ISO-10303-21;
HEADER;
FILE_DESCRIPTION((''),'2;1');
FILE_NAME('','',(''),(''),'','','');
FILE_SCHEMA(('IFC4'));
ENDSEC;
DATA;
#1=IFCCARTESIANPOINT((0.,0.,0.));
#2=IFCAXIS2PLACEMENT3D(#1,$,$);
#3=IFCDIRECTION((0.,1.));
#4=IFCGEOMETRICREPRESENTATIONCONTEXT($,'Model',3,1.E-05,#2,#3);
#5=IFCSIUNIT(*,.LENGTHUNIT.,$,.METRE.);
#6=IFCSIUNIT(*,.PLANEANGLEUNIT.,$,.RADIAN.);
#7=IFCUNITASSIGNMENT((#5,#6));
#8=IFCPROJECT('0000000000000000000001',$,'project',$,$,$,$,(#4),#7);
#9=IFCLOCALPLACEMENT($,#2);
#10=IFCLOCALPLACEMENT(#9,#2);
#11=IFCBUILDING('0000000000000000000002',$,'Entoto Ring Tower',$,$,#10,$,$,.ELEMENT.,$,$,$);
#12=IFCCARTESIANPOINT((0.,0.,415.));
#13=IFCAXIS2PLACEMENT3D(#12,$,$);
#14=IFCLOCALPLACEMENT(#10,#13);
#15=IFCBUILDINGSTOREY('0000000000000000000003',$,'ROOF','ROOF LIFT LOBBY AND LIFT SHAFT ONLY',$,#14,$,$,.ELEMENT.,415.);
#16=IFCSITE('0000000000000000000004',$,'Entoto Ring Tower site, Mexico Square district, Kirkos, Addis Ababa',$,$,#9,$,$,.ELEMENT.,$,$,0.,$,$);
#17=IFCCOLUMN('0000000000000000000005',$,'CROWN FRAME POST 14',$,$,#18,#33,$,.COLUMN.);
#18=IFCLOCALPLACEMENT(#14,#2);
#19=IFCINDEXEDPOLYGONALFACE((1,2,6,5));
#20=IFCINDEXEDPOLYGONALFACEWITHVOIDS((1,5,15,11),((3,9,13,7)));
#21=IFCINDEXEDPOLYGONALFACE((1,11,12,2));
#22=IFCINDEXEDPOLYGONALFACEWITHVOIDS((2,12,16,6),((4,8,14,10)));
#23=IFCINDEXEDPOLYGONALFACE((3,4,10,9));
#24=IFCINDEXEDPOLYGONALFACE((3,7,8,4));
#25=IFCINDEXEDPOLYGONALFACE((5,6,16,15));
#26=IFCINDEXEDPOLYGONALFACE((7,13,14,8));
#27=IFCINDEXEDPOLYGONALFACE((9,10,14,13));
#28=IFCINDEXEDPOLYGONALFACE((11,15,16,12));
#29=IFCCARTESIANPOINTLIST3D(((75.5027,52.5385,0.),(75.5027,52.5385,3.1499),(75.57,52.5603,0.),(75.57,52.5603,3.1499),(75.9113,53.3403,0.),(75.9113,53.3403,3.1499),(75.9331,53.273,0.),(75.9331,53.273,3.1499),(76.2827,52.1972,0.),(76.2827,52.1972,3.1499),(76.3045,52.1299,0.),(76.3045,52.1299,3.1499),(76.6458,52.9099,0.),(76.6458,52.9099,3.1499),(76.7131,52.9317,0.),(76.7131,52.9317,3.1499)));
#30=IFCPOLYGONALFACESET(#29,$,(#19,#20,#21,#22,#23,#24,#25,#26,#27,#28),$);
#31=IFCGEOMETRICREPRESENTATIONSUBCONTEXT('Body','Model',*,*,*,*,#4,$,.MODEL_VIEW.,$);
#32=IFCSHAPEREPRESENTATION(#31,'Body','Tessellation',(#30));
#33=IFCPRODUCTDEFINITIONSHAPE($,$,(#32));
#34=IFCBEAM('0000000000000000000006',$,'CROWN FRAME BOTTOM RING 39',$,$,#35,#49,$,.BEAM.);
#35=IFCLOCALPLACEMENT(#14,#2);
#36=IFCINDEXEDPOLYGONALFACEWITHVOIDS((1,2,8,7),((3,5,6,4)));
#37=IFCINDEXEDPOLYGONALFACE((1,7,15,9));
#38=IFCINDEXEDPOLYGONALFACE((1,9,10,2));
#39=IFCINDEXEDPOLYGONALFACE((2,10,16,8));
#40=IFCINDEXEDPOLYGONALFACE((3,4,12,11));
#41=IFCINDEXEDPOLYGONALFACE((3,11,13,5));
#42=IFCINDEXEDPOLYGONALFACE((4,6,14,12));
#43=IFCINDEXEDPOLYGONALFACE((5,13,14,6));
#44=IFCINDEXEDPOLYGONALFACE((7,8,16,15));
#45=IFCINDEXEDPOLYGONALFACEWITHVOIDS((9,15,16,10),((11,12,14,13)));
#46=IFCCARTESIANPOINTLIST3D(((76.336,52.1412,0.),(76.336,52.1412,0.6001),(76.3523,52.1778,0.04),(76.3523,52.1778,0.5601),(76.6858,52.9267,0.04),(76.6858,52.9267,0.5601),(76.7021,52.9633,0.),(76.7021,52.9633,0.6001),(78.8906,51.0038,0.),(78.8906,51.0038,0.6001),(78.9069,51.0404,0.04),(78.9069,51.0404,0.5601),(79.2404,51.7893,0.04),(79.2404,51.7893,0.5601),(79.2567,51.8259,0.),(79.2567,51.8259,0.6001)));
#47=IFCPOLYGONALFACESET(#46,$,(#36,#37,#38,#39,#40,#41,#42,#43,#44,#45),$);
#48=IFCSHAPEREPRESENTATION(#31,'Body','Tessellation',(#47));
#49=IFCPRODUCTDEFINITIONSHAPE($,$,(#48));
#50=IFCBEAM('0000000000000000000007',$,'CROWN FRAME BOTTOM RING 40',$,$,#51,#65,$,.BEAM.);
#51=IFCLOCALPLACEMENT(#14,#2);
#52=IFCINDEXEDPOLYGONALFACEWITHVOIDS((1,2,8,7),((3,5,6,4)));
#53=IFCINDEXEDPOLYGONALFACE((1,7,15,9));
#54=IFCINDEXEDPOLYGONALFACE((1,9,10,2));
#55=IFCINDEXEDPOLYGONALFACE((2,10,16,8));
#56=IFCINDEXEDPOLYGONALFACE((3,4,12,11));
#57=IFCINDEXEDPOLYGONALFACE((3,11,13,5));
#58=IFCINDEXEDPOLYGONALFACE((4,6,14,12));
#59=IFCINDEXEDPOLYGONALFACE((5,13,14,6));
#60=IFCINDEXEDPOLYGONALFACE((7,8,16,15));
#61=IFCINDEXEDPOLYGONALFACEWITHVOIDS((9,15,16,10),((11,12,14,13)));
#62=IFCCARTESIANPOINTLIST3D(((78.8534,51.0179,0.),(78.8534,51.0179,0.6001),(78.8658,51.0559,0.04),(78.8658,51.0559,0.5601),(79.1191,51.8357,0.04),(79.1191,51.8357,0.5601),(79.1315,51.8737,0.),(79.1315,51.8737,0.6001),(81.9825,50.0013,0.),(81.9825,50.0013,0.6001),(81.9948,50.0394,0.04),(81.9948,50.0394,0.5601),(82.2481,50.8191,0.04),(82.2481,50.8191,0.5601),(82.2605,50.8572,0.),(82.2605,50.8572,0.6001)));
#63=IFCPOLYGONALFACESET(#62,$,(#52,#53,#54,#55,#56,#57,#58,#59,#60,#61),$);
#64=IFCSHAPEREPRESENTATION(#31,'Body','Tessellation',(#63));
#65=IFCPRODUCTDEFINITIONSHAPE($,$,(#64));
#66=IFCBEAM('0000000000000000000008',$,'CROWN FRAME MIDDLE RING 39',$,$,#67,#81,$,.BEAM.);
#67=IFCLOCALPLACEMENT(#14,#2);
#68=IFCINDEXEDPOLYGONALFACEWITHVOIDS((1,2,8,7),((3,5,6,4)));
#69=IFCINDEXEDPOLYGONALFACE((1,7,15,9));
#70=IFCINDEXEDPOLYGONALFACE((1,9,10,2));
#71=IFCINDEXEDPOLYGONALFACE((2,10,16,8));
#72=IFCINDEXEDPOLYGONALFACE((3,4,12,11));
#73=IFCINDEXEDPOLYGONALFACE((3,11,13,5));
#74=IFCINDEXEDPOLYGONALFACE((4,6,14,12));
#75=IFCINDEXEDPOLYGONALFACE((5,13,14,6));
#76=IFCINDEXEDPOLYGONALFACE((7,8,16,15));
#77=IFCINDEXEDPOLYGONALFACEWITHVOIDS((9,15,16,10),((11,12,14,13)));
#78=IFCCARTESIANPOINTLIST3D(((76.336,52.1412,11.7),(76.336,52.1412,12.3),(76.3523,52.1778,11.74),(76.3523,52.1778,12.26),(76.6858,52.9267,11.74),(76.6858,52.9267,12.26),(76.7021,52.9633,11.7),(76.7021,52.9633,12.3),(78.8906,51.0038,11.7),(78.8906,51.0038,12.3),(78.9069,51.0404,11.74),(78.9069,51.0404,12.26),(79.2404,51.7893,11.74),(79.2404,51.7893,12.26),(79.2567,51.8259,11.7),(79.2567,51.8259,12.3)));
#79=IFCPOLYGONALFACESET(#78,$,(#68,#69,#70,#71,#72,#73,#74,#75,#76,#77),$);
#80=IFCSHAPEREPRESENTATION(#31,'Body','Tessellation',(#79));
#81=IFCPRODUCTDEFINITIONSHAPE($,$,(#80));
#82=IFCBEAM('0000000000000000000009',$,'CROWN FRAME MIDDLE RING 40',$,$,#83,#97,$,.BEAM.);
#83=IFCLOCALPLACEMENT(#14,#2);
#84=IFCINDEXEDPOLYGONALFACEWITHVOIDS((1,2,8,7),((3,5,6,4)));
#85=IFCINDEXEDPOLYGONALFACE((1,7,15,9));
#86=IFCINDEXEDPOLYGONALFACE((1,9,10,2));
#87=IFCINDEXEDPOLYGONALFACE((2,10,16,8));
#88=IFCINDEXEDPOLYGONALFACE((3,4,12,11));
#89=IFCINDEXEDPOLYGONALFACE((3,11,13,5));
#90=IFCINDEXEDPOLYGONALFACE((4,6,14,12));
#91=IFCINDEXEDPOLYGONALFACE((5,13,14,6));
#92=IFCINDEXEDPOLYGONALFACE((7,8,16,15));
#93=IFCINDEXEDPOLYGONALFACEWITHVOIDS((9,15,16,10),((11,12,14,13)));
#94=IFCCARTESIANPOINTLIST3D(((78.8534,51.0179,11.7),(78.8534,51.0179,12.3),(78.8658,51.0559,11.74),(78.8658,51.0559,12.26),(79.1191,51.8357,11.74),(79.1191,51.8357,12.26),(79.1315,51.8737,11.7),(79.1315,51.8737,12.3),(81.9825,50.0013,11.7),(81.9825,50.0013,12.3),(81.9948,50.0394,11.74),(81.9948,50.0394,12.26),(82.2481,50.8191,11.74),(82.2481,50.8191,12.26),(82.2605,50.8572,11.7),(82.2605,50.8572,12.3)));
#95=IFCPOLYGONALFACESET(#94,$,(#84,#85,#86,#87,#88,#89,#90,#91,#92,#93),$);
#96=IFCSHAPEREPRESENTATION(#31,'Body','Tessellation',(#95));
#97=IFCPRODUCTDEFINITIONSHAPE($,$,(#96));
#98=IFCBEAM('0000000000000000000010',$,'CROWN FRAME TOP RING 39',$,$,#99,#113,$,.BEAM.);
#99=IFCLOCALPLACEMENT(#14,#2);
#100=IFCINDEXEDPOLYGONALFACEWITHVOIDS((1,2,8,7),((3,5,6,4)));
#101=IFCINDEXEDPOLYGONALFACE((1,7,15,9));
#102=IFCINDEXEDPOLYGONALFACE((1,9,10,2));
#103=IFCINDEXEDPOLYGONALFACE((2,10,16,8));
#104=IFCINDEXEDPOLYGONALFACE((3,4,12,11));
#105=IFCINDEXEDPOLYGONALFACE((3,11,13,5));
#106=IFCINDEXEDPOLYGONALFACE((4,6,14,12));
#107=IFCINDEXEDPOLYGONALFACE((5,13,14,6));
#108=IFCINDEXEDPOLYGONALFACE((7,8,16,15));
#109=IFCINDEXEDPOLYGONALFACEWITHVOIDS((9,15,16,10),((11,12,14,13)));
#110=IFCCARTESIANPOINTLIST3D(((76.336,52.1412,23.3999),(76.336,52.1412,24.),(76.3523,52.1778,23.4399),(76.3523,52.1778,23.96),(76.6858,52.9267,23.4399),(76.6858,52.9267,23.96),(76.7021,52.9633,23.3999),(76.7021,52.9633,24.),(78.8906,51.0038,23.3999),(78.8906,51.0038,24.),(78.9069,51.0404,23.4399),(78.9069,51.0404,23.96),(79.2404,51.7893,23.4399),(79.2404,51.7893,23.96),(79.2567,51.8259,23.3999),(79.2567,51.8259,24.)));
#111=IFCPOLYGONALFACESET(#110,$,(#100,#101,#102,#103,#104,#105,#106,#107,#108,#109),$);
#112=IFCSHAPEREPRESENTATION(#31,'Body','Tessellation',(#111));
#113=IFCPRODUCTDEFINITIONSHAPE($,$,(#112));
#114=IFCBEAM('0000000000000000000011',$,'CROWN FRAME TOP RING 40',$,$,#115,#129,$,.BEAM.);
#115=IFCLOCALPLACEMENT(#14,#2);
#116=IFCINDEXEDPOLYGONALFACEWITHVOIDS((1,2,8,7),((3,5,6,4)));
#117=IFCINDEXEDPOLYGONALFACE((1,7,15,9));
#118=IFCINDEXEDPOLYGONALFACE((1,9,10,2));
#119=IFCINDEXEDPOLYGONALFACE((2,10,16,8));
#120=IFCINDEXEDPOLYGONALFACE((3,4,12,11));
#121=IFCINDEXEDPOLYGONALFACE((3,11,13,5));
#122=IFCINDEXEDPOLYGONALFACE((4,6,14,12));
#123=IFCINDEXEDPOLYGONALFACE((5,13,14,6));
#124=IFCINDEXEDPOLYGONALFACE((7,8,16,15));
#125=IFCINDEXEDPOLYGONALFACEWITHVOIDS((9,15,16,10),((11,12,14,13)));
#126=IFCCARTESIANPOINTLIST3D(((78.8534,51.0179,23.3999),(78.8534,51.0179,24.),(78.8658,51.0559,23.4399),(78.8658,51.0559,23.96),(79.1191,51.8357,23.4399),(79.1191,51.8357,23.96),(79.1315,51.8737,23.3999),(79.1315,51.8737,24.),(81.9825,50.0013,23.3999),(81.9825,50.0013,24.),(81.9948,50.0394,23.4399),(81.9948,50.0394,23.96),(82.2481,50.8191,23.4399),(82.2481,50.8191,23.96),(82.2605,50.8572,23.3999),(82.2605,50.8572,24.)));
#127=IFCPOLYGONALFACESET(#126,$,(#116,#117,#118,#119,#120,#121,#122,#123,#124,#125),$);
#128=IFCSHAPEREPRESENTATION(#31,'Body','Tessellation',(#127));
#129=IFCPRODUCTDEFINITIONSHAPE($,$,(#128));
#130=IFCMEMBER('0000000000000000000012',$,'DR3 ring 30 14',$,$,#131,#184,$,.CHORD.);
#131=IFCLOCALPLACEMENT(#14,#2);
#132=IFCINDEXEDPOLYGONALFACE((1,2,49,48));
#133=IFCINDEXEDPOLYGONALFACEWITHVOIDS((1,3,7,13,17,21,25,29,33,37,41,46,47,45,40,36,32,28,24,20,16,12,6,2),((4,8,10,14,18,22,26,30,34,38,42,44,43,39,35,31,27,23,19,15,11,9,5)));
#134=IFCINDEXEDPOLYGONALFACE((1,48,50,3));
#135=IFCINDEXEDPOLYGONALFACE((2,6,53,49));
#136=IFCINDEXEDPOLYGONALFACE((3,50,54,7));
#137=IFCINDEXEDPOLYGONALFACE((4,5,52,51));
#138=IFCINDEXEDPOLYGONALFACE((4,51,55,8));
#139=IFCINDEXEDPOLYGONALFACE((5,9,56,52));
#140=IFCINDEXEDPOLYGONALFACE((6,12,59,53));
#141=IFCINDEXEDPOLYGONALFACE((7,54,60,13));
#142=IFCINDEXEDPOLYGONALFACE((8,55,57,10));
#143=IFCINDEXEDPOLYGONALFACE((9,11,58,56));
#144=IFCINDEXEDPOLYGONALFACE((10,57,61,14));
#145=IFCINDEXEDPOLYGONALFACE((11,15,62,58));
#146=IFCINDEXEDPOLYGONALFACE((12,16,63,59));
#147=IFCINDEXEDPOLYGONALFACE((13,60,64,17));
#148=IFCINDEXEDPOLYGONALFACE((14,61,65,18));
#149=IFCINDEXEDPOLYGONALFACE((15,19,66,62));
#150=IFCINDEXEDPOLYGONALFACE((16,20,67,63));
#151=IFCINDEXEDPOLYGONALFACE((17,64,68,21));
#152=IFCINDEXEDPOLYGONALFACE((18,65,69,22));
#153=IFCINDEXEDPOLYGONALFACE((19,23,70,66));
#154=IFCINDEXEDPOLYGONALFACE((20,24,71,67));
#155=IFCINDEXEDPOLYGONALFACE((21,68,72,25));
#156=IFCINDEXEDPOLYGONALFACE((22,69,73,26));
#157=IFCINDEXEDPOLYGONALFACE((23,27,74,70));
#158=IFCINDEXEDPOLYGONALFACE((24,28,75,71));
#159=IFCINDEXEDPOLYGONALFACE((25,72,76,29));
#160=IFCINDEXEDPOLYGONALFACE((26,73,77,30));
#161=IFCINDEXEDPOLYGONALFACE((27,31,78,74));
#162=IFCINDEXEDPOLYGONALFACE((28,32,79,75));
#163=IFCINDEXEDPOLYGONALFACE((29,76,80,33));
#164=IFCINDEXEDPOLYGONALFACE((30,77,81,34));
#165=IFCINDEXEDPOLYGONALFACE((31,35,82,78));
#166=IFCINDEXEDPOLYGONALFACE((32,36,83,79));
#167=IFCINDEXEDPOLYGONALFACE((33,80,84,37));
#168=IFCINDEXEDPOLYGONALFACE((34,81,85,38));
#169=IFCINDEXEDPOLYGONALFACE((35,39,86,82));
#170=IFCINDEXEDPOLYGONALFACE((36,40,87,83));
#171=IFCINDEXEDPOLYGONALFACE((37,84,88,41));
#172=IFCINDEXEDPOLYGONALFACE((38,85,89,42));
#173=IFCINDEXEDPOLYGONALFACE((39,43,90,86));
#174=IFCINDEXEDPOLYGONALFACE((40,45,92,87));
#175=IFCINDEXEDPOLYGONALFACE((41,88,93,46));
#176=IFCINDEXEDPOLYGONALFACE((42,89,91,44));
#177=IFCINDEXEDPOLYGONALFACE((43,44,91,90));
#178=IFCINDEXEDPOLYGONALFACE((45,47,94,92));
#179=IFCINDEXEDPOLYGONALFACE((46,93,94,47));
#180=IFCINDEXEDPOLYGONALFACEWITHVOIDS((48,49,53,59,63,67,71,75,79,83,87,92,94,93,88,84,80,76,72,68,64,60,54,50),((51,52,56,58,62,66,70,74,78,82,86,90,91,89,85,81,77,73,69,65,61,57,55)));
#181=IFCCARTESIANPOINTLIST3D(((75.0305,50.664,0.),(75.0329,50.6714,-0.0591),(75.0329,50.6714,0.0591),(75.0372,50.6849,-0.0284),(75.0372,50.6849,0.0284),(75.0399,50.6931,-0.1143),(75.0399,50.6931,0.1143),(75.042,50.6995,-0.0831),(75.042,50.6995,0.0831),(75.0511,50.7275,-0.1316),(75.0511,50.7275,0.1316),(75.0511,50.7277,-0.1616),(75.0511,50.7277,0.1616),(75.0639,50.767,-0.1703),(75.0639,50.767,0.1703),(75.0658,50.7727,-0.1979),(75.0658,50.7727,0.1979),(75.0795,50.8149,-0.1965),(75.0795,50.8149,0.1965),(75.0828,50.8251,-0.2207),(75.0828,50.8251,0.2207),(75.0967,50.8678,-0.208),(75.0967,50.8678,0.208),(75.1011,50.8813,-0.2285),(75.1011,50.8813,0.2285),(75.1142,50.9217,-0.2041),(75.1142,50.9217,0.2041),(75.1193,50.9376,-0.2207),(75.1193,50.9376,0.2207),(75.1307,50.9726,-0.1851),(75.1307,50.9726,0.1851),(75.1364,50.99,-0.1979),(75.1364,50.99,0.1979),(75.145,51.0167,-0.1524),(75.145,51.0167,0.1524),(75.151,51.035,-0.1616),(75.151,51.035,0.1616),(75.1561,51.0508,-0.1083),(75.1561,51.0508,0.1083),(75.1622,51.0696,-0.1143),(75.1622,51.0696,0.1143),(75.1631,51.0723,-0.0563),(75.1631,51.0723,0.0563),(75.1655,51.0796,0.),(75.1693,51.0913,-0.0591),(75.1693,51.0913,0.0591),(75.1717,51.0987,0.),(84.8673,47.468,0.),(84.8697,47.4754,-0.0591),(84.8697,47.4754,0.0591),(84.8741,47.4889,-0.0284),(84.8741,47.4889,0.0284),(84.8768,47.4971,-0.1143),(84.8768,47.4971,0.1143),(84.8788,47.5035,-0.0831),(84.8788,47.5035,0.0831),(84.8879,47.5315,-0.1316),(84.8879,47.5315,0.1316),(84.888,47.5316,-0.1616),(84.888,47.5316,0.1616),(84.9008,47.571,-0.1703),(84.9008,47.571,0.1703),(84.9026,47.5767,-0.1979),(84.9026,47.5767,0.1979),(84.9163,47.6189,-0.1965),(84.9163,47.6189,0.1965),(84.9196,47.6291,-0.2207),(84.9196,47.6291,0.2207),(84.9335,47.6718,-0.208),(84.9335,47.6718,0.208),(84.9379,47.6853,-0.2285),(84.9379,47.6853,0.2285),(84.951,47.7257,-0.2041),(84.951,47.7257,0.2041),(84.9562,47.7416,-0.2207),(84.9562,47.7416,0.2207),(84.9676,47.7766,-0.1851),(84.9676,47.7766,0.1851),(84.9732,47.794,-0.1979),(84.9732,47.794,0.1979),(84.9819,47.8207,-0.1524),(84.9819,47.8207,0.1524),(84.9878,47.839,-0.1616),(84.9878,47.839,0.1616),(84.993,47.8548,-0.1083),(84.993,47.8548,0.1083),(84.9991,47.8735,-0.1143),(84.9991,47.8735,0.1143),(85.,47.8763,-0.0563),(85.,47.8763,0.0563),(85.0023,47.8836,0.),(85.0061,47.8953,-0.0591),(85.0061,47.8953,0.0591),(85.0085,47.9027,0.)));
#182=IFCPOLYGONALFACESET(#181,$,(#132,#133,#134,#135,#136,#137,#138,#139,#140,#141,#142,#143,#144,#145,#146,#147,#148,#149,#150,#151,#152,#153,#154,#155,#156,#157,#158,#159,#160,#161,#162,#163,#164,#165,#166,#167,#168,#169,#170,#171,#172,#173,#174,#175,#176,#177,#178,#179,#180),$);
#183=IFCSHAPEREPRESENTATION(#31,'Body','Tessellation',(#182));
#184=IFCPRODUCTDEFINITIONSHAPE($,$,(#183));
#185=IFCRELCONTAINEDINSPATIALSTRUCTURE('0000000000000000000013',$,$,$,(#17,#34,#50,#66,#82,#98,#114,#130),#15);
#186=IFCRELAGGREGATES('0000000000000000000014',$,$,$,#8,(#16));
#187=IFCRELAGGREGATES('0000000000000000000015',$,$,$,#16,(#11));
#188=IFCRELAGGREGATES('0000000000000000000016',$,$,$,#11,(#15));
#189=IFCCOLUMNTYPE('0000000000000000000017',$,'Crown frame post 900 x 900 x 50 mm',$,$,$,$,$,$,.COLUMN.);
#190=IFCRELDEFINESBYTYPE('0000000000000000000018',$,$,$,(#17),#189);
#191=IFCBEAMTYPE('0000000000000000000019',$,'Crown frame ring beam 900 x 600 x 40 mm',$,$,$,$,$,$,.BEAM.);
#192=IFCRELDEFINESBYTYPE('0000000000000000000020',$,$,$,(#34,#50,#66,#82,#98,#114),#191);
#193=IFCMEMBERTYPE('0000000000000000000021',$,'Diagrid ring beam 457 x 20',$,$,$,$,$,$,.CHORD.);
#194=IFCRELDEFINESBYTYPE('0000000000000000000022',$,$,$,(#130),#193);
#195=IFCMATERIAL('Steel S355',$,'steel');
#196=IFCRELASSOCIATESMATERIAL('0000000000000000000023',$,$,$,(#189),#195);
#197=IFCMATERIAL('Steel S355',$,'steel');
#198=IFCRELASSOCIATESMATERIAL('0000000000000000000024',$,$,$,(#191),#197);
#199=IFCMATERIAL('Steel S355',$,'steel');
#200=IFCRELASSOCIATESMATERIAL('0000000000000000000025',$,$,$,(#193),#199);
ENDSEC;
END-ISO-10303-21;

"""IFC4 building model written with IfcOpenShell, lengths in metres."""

from ifc_helpers import new_model, si_unit, direction, frame, origin, origin_2d, place, context, subcontext, project, spatial, hollow_rectangle, circle, hollow_circle, extrude, material, material_profile, profile_set, type_object, element, save


model = new_model("IFC4")

# Units and contexts
model_context = context("Model", 3, precision=1e-05, world=origin(), true_north=direction((0.0, 1.0)))
body_context = subcontext(model_context, "Body", "Model", "MODEL_VIEW")
ifc_project = project(units=[si_unit("LENGTHUNIT", "METRE"), si_unit("PLANEANGLEUNIT", "RADIAN")], contexts=[model_context])

# Site, building, storey
site_placement = place(None, origin())
site = spatial("IfcSite", under=ifc_project, at=site_placement, Name="Entoto Ring Tower site, Mexico Square district, Kirkos, Addis Ababa", CompositionType="ELEMENT", RefElevation=0.0)
building_placement = place(site_placement, origin())
building = spatial("IfcBuilding", under=site, at=building_placement, Name="Entoto Ring Tower", CompositionType="ELEMENT")
storey_placement = place(building_placement, frame((0.0, 0.0, 415.0)))
storey = spatial("IfcBuildingStorey", under=building, at=storey_placement, Name="ROOF", Description="ROOF LIFT LOBBY AND LIFT SHAFT ONLY", CompositionType="ELEMENT", Elevation=415.0)

# Column
ifc_material_1 = material(Name="Steel S355", Category="steel")
ifc_material_profile_1 = material_profile(ifc_material_1, hollow_rectangle(XDim=0.8999, YDim=0.8999, WallThickness=0.05, at=origin_2d()), Name="Crown frame post 900 x 900 x 50 mm")
ifc_profile_set_1 = profile_set([ifc_material_profile_1], Name="Steel S355")
column_type = type_object("IfcColumnType", Name="Crown frame post 900 x 900 x 50 mm", PredefinedType="COLUMN", material=ifc_profile_set_1)
column_placement = place(storey_placement, frame((76.1079, 52.7351, 0.0), z_axis=(0.0, 0.0, 1.0), x_axis=(0.891007, -0.45399, 0.0)))
element("IfcColumn", 1, at=column_placement, inside=storey, type_object=column_type, Name="CROWN FRAME POST 14", PredefinedType="COLUMN", context=body_context, shape_type="SweptSolid", body=[
    extrude(hollow_rectangle(XDim=0.8999, YDim=0.8999, WallThickness=0.05, at=origin_2d()), origin(), (0.0, 0.0, 1.0), 3.1499),
])

# Beams
ifc_material_2 = material(Name="Steel S355", Category="steel")
ifc_material_profile_2 = material_profile(ifc_material_2, hollow_rectangle(XDim=0.8999, YDim=0.6001, WallThickness=0.04, at=origin_2d()), Name="Crown frame ring beam 900 x 600 x 40 mm")
ifc_profile_set_2 = profile_set([ifc_material_profile_2], Name="Steel S355")
beam_type_1 = type_object("IfcBeamType", Name="Crown frame ring beam 900 x 600 x 40 mm", PredefinedType="BEAM", material=ifc_profile_set_2)
beam_1_placement = place(storey_placement, frame((76.519, 52.5522, 0.3), z_axis=(0.913541, -0.406746, 0.0), x_axis=(0.406746, 0.913541, 0.0)))
element("IfcBeam", 2, at=beam_1_placement, inside=storey, type_object=beam_type_1, Name="CROWN FRAME BOTTOM RING 39", PredefinedType="BEAM", context=body_context, shape_type="SweptSolid", body=[
    extrude(hollow_rectangle(XDim=0.8999, YDim=0.6001, WallThickness=0.04, at=origin_2d()), origin(), (0.0, 0.0, 1.0), 2.7964),
])
beam_2_placement = place(storey_placement, frame((78.9924, 51.4458, 0.3), z_axis=(0.951067, -0.308984, 0.0), x_axis=(0.308984, 0.951067, 0.0)))
element("IfcBeam", 3, at=beam_2_placement, inside=storey, type_object=beam_type_1, Name="CROWN FRAME BOTTOM RING 40", PredefinedType="BEAM", context=body_context, shape_type="SweptSolid", body=[
    extrude(hollow_rectangle(XDim=0.8999, YDim=0.6001, WallThickness=0.04, at=origin_2d()), origin(), (0.0, 0.0, 1.0), 3.29),
])
beam_3_placement = place(storey_placement, frame((76.519, 52.5522, 12.0), z_axis=(0.913541, -0.406746, 0.0), x_axis=(0.406746, 0.913541, 0.0)))
element("IfcBeam", 4, at=beam_3_placement, inside=storey, type_object=beam_type_1, Name="CROWN FRAME MIDDLE RING 39", PredefinedType="BEAM", context=body_context, shape_type="SweptSolid", body=[
    extrude(hollow_rectangle(XDim=0.8999, YDim=0.6001, WallThickness=0.04, at=origin_2d()), origin(), (0.0, 0.0, 1.0), 2.7964),
])
beam_4_placement = place(storey_placement, frame((78.9924, 51.4458, 12.0), z_axis=(0.951067, -0.308984, 0.0), x_axis=(0.308984, 0.951067, 0.0)))
element("IfcBeam", 5, at=beam_4_placement, inside=storey, type_object=beam_type_1, Name="CROWN FRAME MIDDLE RING 40", PredefinedType="BEAM", context=body_context, shape_type="SweptSolid", body=[
    extrude(hollow_rectangle(XDim=0.8999, YDim=0.6001, WallThickness=0.04, at=origin_2d()), origin(), (0.0, 0.0, 1.0), 3.29),
])
beam_5_placement = place(storey_placement, frame((76.519, 52.5522, 23.7), z_axis=(0.913541, -0.406746, 0.0), x_axis=(0.406746, 0.913541, 0.0)))
element("IfcBeam", 6, at=beam_5_placement, inside=storey, type_object=beam_type_1, Name="CROWN FRAME TOP RING 39", PredefinedType="BEAM", context=body_context, shape_type="SweptSolid", body=[
    extrude(hollow_rectangle(XDim=0.8999, YDim=0.6001, WallThickness=0.04, at=origin_2d()), origin(), (0.0, 0.0, 1.0), 2.7964),
])
beam_6_placement = place(storey_placement, frame((78.9924, 51.4458, 23.7), z_axis=(0.951067, -0.308984, 0.0), x_axis=(0.308984, 0.951067, 0.0)))
element("IfcBeam", 7, at=beam_6_placement, inside=storey, type_object=beam_type_1, Name="CROWN FRAME TOP RING 40", PredefinedType="BEAM", context=body_context, shape_type="SweptSolid", body=[
    extrude(hollow_rectangle(XDim=0.8999, YDim=0.6001, WallThickness=0.04, at=origin_2d()), origin(), (0.0, 0.0, 1.0), 3.29),
])

# Member
ifc_material_3 = material(Name="Steel S355", Category="steel")
ifc_material_profile_3 = material_profile(ifc_material_3, hollow_circle(Radius=0.2285, WallThickness=0.02, at=origin_2d()), Name="CHS 457 x 20")
ifc_material_4 = material(Name="Concrete C60/75", Category="concrete")
ifc_material_profile_4 = material_profile(ifc_material_4, circle(Radius=0.2085, at=origin_2d()), Name="Concrete C60/75 infill")
ifc_profile_set_3 = profile_set([ifc_material_profile_3, ifc_material_profile_4], Name="Steel S355")
member_type = type_object("IfcMemberType", Name="Diagrid ring beam 457 x 20", PredefinedType="CHORD", material=ifc_profile_set_3)
member_placement = place(storey_placement, frame((75.1011, 50.8813, 0.0), z_axis=(0.951061, -0.309003, 0.0), x_axis=(0.309003, 0.951061, 0.0)))
element("IfcMember", 8, at=member_placement, inside=storey, type_object=member_type, Name="DR3 ring 30 14", PredefinedType="CHORD", context=body_context, shape_type="SweptSolid", body=[
    extrude(hollow_circle(Radius=0.2285, WallThickness=0.02, at=origin_2d()), origin(), (0.0, 0.0, 1.0), 10.343),
])

save(model, "model.ifc")
